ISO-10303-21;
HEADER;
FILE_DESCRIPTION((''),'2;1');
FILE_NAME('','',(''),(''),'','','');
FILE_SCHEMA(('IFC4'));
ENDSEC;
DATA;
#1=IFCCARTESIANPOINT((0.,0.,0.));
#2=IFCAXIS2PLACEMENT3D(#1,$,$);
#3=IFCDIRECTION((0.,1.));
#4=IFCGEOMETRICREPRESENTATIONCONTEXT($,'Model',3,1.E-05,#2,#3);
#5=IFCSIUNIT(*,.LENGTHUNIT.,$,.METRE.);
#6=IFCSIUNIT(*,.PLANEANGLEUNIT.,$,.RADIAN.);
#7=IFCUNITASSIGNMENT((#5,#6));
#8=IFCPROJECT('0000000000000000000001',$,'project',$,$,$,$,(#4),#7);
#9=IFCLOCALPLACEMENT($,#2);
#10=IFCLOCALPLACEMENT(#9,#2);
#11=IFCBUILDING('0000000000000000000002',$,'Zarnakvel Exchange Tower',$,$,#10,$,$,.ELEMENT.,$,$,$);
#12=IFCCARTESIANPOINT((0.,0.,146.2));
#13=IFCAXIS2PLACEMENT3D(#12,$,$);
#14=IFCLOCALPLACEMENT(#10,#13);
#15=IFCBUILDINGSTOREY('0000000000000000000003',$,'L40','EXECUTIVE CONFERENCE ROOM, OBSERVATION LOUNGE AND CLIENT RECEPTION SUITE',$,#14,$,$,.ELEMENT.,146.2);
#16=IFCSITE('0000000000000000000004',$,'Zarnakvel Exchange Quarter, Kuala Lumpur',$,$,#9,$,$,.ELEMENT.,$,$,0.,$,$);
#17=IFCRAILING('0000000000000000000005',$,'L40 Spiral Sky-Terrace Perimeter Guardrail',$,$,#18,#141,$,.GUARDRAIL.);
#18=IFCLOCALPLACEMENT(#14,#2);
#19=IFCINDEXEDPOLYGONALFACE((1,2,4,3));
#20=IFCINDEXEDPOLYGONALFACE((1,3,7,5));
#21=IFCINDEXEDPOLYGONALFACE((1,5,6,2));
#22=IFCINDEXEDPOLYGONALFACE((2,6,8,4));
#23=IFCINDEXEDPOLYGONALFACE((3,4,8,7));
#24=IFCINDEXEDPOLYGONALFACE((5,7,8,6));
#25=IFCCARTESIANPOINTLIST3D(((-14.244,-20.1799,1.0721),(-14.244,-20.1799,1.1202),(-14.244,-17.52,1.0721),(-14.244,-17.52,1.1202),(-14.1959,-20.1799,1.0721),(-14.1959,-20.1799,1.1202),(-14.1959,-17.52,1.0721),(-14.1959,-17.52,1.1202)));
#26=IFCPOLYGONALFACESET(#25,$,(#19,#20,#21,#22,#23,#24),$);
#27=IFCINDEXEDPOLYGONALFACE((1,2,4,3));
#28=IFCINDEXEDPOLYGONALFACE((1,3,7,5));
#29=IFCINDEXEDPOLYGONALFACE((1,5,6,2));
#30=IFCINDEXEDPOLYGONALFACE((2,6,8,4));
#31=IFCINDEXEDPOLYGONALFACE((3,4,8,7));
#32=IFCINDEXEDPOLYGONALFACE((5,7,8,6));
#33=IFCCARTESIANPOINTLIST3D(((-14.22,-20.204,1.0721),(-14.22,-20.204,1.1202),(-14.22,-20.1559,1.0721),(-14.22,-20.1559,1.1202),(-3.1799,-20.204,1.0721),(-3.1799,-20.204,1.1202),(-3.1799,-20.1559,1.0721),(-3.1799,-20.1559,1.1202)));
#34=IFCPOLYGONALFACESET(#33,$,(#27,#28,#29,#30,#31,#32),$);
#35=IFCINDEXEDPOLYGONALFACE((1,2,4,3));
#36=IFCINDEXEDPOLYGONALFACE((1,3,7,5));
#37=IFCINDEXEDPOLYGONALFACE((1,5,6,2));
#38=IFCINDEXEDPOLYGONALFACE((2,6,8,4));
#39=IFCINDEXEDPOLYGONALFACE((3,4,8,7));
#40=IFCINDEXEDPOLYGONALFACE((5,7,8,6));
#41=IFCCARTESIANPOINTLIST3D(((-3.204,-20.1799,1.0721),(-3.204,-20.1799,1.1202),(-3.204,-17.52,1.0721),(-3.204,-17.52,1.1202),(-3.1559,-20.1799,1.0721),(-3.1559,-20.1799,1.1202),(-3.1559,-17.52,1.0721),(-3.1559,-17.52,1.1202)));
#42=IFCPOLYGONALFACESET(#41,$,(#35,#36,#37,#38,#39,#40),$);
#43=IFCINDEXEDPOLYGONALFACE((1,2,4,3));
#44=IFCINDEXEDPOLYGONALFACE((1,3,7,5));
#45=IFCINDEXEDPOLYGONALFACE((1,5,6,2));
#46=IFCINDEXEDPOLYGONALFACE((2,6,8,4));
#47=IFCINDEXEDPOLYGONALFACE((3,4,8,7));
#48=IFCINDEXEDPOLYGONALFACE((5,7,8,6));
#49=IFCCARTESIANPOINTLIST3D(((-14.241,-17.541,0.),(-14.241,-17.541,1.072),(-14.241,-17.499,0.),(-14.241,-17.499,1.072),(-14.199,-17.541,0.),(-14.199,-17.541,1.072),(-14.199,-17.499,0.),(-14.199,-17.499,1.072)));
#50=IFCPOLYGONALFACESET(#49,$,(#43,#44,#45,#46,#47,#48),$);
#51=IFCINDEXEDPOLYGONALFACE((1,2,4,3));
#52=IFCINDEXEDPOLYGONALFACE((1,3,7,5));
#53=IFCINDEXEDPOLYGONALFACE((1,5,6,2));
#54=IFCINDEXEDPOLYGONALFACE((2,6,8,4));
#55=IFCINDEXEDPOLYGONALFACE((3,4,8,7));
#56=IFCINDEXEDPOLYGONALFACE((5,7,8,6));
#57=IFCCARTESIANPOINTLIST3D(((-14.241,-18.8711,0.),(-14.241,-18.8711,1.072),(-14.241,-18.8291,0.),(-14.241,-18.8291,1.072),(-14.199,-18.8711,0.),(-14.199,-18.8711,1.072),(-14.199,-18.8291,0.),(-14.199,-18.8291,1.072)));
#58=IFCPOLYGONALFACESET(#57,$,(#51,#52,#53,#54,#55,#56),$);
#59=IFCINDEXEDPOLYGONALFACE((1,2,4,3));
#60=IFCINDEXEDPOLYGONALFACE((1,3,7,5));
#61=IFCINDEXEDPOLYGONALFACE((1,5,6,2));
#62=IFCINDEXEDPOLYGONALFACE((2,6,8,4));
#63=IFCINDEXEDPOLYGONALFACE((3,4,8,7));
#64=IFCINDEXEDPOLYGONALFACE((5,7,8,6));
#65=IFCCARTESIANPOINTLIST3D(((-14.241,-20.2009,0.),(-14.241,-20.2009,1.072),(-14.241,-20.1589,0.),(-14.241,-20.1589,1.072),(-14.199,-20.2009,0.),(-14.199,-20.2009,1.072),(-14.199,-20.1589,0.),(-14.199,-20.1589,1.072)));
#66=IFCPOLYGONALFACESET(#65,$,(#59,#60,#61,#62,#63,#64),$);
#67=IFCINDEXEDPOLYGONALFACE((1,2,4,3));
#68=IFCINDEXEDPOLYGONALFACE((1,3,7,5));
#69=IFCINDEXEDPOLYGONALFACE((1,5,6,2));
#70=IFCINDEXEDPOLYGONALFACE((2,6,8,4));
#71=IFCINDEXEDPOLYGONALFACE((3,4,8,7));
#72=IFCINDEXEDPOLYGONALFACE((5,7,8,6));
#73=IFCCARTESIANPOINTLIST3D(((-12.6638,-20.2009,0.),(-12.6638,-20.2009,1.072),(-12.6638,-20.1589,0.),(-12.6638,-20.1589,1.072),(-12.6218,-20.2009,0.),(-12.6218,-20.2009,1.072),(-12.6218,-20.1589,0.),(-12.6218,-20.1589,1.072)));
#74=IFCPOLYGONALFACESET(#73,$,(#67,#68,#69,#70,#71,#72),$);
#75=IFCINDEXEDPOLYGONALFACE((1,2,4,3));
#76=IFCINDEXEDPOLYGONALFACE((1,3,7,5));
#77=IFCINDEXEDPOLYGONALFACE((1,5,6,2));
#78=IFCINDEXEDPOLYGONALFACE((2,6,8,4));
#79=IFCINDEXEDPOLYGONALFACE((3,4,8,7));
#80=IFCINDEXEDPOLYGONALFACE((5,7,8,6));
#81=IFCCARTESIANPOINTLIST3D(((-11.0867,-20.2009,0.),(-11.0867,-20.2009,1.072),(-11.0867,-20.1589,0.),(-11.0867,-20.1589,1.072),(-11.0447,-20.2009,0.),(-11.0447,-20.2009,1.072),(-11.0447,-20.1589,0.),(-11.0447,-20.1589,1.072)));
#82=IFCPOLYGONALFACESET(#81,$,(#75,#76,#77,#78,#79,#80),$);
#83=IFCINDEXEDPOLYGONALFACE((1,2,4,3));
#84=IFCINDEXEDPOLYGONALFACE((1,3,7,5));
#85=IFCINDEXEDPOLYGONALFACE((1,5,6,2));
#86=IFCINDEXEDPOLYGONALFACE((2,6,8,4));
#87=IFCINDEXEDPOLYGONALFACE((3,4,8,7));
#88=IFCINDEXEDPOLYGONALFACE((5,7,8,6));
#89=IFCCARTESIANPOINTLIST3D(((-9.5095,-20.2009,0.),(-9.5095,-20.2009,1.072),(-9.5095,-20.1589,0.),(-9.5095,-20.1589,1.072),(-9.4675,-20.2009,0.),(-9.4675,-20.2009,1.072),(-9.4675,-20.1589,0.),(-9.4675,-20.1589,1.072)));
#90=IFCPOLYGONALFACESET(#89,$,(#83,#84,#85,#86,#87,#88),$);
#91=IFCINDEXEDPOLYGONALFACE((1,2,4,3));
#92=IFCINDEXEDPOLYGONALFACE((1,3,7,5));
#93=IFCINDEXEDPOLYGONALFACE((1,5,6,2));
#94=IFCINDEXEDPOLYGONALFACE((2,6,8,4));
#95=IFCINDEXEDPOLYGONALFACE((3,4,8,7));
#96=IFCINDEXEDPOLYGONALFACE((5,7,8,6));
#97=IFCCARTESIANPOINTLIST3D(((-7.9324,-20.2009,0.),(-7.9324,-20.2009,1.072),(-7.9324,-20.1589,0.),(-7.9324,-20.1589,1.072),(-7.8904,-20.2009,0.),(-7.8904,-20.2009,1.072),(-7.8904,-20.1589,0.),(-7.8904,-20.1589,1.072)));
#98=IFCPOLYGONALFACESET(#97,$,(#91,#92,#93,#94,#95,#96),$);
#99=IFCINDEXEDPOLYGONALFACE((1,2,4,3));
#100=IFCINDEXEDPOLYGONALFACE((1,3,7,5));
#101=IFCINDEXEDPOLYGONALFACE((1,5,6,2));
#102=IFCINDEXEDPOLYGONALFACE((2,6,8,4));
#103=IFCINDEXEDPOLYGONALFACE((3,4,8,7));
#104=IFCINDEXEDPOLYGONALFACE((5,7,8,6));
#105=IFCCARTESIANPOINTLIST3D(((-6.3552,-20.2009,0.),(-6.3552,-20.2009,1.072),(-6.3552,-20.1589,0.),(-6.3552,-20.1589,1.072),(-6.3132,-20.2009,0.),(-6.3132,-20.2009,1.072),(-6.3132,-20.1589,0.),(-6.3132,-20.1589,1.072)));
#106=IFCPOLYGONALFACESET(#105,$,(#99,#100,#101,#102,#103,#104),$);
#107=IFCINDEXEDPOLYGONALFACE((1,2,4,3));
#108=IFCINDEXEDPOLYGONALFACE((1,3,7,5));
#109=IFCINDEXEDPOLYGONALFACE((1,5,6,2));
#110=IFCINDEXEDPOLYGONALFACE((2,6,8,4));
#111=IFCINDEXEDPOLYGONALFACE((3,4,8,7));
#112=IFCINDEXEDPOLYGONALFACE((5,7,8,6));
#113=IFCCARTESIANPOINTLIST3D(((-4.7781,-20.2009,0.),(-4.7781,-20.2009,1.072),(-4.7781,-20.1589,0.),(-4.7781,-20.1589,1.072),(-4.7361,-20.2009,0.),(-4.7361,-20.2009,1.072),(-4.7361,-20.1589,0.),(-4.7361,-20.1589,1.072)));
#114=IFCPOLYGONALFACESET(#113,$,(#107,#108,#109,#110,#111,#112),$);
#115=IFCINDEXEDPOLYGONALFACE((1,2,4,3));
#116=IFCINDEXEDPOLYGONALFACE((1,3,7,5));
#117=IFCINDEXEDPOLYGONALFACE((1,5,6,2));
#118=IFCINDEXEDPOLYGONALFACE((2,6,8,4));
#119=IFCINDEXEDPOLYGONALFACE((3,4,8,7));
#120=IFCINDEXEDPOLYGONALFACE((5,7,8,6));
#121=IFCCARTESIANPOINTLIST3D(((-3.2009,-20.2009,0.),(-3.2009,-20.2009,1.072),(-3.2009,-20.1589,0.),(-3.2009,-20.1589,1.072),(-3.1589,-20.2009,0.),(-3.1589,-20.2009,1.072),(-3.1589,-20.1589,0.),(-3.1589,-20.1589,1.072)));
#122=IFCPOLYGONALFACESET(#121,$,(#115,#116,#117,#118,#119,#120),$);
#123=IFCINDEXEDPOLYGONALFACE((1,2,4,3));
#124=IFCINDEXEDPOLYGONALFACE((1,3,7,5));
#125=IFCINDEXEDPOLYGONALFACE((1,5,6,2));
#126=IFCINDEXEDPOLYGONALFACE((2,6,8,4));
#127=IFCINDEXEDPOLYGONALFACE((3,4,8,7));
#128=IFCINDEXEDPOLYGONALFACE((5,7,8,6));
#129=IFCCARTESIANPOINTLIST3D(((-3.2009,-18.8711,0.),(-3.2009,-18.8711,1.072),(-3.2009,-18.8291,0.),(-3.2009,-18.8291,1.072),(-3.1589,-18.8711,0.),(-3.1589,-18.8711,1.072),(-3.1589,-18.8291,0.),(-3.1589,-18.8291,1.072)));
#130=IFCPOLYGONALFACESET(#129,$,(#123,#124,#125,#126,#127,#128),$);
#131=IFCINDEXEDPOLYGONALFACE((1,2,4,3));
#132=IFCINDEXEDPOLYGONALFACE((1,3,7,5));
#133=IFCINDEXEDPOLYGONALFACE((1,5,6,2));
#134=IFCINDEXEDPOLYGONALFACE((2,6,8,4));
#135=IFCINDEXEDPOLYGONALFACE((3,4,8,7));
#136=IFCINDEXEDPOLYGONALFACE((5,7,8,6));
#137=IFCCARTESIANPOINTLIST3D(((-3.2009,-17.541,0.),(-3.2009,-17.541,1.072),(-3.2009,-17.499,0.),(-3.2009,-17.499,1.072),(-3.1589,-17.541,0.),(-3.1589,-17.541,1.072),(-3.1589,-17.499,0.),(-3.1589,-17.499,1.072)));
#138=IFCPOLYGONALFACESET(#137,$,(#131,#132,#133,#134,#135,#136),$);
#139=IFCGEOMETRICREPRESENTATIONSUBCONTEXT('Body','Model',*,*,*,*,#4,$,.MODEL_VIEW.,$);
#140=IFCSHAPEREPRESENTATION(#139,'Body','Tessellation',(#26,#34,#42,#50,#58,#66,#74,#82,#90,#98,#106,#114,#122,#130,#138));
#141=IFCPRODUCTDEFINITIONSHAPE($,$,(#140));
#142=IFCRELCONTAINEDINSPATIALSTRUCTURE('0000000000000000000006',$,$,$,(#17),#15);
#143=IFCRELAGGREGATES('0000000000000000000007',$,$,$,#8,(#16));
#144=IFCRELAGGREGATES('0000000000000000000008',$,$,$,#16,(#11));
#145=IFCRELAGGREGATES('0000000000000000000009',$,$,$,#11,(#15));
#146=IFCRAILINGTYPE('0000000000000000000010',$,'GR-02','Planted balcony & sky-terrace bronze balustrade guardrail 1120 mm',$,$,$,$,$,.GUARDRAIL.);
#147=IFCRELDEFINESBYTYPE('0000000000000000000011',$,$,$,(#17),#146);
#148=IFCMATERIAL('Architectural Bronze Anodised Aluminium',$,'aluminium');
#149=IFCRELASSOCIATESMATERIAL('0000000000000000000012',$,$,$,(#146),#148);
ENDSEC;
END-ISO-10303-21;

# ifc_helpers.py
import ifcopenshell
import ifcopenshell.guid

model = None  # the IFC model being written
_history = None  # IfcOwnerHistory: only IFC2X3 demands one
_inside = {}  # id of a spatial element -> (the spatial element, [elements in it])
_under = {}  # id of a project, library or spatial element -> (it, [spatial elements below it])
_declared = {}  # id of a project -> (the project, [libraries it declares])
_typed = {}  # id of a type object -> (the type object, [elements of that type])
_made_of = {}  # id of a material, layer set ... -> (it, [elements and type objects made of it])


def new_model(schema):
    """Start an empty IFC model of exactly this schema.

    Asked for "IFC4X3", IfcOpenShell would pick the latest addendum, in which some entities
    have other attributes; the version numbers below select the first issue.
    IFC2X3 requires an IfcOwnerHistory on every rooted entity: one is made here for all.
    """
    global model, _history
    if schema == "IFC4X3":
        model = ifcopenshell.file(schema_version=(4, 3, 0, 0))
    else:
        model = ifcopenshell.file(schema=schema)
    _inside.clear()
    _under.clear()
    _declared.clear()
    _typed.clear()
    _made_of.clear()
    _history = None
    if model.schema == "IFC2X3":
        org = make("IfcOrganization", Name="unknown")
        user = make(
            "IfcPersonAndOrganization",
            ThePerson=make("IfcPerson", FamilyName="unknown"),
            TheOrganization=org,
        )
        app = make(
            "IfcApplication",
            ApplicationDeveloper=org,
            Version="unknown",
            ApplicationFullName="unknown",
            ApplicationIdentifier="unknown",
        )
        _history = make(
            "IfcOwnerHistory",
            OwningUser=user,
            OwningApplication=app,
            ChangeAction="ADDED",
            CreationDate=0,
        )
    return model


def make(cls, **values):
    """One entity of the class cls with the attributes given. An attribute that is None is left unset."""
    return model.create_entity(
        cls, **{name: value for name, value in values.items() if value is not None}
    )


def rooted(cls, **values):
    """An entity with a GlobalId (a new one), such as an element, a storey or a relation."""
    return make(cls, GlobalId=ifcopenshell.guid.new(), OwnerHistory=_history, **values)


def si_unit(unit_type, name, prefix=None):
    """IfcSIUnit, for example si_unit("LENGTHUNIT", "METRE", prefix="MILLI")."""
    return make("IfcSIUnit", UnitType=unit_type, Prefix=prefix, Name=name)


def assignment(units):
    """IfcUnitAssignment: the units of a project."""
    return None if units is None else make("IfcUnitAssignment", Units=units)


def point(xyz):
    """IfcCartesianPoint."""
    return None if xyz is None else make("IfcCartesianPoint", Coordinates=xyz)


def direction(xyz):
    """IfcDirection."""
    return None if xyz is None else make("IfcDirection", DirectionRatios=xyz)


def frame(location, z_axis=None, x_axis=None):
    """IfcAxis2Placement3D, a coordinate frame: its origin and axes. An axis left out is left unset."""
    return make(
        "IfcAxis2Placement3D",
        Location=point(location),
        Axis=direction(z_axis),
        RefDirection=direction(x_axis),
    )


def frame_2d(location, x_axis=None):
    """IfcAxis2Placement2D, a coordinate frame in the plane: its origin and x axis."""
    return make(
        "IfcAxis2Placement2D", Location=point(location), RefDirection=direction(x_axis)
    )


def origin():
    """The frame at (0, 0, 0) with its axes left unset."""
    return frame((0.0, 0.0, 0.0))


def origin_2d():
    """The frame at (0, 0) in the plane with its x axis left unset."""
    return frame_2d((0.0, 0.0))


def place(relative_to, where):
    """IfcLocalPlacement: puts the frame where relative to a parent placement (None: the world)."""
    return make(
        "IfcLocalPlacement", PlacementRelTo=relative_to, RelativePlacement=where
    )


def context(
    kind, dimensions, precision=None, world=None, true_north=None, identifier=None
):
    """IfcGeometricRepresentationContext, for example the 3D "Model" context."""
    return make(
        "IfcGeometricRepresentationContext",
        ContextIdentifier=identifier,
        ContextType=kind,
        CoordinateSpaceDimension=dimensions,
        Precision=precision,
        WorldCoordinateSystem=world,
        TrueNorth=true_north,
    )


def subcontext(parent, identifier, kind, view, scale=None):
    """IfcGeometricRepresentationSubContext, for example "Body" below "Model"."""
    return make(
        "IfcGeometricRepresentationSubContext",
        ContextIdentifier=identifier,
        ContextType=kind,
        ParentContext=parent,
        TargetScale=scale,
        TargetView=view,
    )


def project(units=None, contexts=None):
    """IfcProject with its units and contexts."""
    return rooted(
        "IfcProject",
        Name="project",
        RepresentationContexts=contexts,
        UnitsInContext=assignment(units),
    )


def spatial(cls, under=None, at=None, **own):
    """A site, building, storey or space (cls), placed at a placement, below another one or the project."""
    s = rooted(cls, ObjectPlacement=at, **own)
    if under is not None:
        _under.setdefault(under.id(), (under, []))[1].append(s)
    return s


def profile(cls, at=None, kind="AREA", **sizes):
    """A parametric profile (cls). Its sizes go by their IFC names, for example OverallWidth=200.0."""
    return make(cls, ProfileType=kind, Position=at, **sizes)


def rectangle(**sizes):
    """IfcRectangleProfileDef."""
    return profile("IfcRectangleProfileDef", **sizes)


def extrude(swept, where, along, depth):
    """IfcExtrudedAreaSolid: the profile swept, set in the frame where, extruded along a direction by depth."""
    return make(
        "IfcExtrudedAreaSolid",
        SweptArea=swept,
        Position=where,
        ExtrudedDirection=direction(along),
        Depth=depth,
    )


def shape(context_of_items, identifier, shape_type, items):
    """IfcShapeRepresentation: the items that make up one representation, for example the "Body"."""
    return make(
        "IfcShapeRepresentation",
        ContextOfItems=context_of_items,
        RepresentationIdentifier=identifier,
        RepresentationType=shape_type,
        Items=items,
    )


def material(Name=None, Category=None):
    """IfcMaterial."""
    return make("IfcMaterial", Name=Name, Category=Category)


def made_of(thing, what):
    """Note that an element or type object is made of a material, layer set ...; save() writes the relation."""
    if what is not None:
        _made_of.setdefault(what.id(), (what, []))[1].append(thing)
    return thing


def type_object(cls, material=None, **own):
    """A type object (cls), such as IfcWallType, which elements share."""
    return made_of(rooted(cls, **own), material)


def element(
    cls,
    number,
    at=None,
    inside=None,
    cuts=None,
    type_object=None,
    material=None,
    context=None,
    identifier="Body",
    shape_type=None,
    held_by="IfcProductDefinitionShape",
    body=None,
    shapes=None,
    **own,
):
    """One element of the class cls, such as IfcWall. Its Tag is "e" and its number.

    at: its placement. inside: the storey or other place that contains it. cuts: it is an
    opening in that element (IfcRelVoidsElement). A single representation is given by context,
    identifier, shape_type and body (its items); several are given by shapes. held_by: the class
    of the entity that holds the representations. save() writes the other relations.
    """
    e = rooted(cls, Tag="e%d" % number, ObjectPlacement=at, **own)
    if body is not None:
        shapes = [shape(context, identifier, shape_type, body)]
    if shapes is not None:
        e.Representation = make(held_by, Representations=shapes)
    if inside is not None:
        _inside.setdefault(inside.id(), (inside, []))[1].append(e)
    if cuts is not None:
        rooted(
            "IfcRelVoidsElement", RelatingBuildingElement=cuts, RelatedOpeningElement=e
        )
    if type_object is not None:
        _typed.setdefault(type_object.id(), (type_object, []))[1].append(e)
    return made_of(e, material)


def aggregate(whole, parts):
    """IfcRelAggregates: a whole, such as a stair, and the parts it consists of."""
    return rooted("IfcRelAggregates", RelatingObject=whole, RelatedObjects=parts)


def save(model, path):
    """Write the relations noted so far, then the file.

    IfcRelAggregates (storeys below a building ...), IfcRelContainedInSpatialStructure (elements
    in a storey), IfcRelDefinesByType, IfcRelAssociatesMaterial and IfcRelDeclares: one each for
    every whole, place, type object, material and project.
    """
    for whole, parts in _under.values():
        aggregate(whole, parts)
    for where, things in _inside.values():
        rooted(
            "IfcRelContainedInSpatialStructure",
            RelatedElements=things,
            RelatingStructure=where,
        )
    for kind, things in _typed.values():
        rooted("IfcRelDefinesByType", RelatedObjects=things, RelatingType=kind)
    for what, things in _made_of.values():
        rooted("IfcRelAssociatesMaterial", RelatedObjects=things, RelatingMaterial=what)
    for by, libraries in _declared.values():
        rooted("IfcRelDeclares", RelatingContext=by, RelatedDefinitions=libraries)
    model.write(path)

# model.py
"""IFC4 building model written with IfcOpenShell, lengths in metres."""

from ifc_helpers import new_model, si_unit, direction, frame, origin, origin_2d, place, context, subcontext, project, spatial, rectangle, extrude, material, type_object, element, save


model = new_model("IFC4")

# Units and contexts
model_context = context("Model", 3, precision=1e-05, world=origin(), true_north=direction((0.0, 1.0)))
body_context = subcontext(model_context, "Body", "Model", "MODEL_VIEW")
ifc_project = project(units=[si_unit("LENGTHUNIT", "METRE"), si_unit("PLANEANGLEUNIT", "RADIAN")], contexts=[model_context])

# Site, building, storey
site_placement = place(None, origin())
site = spatial("IfcSite", under=ifc_project, at=site_placement, Name="Zarnakvel Exchange Quarter, Kuala Lumpur", CompositionType="ELEMENT", RefElevation=0.0)
building_placement = place(site_placement, origin())
building = spatial("IfcBuilding", under=site, at=building_placement, Name="Zarnakvel Exchange Tower", CompositionType="ELEMENT")
storey_placement = place(building_placement, frame((0.0, 0.0, 146.2)))
storey = spatial("IfcBuildingStorey", under=building, at=storey_placement, Name="L40", Description="EXECUTIVE CONFERENCE ROOM, OBSERVATION LOUNGE AND CLIENT RECEPTION SUITE", CompositionType="ELEMENT", Elevation=146.2)

# Railing
ifc_material_1 = material(Name="Architectural Bronze Anodised Aluminium", Category="aluminium")
railing_type = type_object("IfcRailingType", Name="GR-02", Description="Planted balcony & sky-terrace bronze balustrade guardrail 1120 mm", PredefinedType="GUARDRAIL", material=ifc_material_1)
railing_1_placement = place(storey_placement, frame((-14.22, -17.52, 0.0)))
element("IfcRailing", 1, at=railing_1_placement, inside=storey, type_object=railing_type, Name="L40 Spiral Sky-Terrace Perimeter Guardrail", PredefinedType="GUARDRAIL", context=body_context, shape_type="SweptSolid", body=[
    extrude(rectangle(XDim=0.0481, YDim=0.0481, at=origin_2d()), frame((0.0, 0.0, 1.0962), z_axis=(0.0, -1.0, 0.0), x_axis=(1.0, 0.0, 0.0)), (0.0, 0.0, 1.0), 2.6599),
    extrude(rectangle(XDim=0.0481, YDim=0.0481, at=origin_2d()), frame((0.0, -2.6599, 1.0962), z_axis=(1.0, 0.0, 0.0), x_axis=(0.0, 1.0, 0.0)), (0.0, 0.0, 1.0), 11.04),
    extrude(rectangle(XDim=0.0481, YDim=0.0481, at=origin_2d()), frame((11.04, -2.6599, 1.0962), z_axis=(0.0, 1.0, 0.0), x_axis=(-1.0, 0.0, 0.0)), (0.0, 0.0, 1.0), 2.6599),
    extrude(rectangle(XDim=0.042, YDim=0.042, at=origin_2d()), origin(), (0.0, 0.0, 1.0), 1.072),
    extrude(rectangle(XDim=0.042, YDim=0.042, at=origin_2d()), frame((0.0, -1.3301, 0.0)), (0.0, 0.0, 1.0), 1.072),
    extrude(rectangle(XDim=0.042, YDim=0.042, at=origin_2d()), frame((0.0, -2.6599, 0.0)), (0.0, 0.0, 1.0), 1.072),
    extrude(rectangle(XDim=0.042, YDim=0.042, at=origin_2d()), frame((1.5771, -2.6599, 0.0)), (0.0, 0.0, 1.0), 1.072),
    extrude(rectangle(XDim=0.042, YDim=0.042, at=origin_2d()), frame((3.1543, -2.6599, 0.0)), (0.0, 0.0, 1.0), 1.072),
    extrude(rectangle(XDim=0.042, YDim=0.042, at=origin_2d()), frame((4.7314, -2.6599, 0.0)), (0.0, 0.0, 1.0), 1.072),
    extrude(rectangle(XDim=0.042, YDim=0.042, at=origin_2d()), frame((6.3086, -2.6599, 0.0)), (0.0, 0.0, 1.0), 1.072),
    extrude(rectangle(XDim=0.042, YDim=0.042, at=origin_2d()), frame((7.8857, -2.6599, 0.0)), (0.0, 0.0, 1.0), 1.072),
    extrude(rectangle(XDim=0.042, YDim=0.042, at=origin_2d()), frame((9.4629, -2.6599, 0.0)), (0.0, 0.0, 1.0), 1.072),
    extrude(rectangle(XDim=0.042, YDim=0.042, at=origin_2d()), frame((11.04, -2.6599, 0.0)), (0.0, 0.0, 1.0), 1.072),
    extrude(rectangle(XDim=0.042, YDim=0.042, at=origin_2d()), frame((11.04, -1.3301, 0.0)), (0.0, 0.0, 1.0), 1.072),
    extrude(rectangle(XDim=0.042, YDim=0.042, at=origin_2d()), frame((11.04, 0.0, 0.0)), (0.0, 0.0, 1.0), 1.072),
])

save(model, "model.ifc")
